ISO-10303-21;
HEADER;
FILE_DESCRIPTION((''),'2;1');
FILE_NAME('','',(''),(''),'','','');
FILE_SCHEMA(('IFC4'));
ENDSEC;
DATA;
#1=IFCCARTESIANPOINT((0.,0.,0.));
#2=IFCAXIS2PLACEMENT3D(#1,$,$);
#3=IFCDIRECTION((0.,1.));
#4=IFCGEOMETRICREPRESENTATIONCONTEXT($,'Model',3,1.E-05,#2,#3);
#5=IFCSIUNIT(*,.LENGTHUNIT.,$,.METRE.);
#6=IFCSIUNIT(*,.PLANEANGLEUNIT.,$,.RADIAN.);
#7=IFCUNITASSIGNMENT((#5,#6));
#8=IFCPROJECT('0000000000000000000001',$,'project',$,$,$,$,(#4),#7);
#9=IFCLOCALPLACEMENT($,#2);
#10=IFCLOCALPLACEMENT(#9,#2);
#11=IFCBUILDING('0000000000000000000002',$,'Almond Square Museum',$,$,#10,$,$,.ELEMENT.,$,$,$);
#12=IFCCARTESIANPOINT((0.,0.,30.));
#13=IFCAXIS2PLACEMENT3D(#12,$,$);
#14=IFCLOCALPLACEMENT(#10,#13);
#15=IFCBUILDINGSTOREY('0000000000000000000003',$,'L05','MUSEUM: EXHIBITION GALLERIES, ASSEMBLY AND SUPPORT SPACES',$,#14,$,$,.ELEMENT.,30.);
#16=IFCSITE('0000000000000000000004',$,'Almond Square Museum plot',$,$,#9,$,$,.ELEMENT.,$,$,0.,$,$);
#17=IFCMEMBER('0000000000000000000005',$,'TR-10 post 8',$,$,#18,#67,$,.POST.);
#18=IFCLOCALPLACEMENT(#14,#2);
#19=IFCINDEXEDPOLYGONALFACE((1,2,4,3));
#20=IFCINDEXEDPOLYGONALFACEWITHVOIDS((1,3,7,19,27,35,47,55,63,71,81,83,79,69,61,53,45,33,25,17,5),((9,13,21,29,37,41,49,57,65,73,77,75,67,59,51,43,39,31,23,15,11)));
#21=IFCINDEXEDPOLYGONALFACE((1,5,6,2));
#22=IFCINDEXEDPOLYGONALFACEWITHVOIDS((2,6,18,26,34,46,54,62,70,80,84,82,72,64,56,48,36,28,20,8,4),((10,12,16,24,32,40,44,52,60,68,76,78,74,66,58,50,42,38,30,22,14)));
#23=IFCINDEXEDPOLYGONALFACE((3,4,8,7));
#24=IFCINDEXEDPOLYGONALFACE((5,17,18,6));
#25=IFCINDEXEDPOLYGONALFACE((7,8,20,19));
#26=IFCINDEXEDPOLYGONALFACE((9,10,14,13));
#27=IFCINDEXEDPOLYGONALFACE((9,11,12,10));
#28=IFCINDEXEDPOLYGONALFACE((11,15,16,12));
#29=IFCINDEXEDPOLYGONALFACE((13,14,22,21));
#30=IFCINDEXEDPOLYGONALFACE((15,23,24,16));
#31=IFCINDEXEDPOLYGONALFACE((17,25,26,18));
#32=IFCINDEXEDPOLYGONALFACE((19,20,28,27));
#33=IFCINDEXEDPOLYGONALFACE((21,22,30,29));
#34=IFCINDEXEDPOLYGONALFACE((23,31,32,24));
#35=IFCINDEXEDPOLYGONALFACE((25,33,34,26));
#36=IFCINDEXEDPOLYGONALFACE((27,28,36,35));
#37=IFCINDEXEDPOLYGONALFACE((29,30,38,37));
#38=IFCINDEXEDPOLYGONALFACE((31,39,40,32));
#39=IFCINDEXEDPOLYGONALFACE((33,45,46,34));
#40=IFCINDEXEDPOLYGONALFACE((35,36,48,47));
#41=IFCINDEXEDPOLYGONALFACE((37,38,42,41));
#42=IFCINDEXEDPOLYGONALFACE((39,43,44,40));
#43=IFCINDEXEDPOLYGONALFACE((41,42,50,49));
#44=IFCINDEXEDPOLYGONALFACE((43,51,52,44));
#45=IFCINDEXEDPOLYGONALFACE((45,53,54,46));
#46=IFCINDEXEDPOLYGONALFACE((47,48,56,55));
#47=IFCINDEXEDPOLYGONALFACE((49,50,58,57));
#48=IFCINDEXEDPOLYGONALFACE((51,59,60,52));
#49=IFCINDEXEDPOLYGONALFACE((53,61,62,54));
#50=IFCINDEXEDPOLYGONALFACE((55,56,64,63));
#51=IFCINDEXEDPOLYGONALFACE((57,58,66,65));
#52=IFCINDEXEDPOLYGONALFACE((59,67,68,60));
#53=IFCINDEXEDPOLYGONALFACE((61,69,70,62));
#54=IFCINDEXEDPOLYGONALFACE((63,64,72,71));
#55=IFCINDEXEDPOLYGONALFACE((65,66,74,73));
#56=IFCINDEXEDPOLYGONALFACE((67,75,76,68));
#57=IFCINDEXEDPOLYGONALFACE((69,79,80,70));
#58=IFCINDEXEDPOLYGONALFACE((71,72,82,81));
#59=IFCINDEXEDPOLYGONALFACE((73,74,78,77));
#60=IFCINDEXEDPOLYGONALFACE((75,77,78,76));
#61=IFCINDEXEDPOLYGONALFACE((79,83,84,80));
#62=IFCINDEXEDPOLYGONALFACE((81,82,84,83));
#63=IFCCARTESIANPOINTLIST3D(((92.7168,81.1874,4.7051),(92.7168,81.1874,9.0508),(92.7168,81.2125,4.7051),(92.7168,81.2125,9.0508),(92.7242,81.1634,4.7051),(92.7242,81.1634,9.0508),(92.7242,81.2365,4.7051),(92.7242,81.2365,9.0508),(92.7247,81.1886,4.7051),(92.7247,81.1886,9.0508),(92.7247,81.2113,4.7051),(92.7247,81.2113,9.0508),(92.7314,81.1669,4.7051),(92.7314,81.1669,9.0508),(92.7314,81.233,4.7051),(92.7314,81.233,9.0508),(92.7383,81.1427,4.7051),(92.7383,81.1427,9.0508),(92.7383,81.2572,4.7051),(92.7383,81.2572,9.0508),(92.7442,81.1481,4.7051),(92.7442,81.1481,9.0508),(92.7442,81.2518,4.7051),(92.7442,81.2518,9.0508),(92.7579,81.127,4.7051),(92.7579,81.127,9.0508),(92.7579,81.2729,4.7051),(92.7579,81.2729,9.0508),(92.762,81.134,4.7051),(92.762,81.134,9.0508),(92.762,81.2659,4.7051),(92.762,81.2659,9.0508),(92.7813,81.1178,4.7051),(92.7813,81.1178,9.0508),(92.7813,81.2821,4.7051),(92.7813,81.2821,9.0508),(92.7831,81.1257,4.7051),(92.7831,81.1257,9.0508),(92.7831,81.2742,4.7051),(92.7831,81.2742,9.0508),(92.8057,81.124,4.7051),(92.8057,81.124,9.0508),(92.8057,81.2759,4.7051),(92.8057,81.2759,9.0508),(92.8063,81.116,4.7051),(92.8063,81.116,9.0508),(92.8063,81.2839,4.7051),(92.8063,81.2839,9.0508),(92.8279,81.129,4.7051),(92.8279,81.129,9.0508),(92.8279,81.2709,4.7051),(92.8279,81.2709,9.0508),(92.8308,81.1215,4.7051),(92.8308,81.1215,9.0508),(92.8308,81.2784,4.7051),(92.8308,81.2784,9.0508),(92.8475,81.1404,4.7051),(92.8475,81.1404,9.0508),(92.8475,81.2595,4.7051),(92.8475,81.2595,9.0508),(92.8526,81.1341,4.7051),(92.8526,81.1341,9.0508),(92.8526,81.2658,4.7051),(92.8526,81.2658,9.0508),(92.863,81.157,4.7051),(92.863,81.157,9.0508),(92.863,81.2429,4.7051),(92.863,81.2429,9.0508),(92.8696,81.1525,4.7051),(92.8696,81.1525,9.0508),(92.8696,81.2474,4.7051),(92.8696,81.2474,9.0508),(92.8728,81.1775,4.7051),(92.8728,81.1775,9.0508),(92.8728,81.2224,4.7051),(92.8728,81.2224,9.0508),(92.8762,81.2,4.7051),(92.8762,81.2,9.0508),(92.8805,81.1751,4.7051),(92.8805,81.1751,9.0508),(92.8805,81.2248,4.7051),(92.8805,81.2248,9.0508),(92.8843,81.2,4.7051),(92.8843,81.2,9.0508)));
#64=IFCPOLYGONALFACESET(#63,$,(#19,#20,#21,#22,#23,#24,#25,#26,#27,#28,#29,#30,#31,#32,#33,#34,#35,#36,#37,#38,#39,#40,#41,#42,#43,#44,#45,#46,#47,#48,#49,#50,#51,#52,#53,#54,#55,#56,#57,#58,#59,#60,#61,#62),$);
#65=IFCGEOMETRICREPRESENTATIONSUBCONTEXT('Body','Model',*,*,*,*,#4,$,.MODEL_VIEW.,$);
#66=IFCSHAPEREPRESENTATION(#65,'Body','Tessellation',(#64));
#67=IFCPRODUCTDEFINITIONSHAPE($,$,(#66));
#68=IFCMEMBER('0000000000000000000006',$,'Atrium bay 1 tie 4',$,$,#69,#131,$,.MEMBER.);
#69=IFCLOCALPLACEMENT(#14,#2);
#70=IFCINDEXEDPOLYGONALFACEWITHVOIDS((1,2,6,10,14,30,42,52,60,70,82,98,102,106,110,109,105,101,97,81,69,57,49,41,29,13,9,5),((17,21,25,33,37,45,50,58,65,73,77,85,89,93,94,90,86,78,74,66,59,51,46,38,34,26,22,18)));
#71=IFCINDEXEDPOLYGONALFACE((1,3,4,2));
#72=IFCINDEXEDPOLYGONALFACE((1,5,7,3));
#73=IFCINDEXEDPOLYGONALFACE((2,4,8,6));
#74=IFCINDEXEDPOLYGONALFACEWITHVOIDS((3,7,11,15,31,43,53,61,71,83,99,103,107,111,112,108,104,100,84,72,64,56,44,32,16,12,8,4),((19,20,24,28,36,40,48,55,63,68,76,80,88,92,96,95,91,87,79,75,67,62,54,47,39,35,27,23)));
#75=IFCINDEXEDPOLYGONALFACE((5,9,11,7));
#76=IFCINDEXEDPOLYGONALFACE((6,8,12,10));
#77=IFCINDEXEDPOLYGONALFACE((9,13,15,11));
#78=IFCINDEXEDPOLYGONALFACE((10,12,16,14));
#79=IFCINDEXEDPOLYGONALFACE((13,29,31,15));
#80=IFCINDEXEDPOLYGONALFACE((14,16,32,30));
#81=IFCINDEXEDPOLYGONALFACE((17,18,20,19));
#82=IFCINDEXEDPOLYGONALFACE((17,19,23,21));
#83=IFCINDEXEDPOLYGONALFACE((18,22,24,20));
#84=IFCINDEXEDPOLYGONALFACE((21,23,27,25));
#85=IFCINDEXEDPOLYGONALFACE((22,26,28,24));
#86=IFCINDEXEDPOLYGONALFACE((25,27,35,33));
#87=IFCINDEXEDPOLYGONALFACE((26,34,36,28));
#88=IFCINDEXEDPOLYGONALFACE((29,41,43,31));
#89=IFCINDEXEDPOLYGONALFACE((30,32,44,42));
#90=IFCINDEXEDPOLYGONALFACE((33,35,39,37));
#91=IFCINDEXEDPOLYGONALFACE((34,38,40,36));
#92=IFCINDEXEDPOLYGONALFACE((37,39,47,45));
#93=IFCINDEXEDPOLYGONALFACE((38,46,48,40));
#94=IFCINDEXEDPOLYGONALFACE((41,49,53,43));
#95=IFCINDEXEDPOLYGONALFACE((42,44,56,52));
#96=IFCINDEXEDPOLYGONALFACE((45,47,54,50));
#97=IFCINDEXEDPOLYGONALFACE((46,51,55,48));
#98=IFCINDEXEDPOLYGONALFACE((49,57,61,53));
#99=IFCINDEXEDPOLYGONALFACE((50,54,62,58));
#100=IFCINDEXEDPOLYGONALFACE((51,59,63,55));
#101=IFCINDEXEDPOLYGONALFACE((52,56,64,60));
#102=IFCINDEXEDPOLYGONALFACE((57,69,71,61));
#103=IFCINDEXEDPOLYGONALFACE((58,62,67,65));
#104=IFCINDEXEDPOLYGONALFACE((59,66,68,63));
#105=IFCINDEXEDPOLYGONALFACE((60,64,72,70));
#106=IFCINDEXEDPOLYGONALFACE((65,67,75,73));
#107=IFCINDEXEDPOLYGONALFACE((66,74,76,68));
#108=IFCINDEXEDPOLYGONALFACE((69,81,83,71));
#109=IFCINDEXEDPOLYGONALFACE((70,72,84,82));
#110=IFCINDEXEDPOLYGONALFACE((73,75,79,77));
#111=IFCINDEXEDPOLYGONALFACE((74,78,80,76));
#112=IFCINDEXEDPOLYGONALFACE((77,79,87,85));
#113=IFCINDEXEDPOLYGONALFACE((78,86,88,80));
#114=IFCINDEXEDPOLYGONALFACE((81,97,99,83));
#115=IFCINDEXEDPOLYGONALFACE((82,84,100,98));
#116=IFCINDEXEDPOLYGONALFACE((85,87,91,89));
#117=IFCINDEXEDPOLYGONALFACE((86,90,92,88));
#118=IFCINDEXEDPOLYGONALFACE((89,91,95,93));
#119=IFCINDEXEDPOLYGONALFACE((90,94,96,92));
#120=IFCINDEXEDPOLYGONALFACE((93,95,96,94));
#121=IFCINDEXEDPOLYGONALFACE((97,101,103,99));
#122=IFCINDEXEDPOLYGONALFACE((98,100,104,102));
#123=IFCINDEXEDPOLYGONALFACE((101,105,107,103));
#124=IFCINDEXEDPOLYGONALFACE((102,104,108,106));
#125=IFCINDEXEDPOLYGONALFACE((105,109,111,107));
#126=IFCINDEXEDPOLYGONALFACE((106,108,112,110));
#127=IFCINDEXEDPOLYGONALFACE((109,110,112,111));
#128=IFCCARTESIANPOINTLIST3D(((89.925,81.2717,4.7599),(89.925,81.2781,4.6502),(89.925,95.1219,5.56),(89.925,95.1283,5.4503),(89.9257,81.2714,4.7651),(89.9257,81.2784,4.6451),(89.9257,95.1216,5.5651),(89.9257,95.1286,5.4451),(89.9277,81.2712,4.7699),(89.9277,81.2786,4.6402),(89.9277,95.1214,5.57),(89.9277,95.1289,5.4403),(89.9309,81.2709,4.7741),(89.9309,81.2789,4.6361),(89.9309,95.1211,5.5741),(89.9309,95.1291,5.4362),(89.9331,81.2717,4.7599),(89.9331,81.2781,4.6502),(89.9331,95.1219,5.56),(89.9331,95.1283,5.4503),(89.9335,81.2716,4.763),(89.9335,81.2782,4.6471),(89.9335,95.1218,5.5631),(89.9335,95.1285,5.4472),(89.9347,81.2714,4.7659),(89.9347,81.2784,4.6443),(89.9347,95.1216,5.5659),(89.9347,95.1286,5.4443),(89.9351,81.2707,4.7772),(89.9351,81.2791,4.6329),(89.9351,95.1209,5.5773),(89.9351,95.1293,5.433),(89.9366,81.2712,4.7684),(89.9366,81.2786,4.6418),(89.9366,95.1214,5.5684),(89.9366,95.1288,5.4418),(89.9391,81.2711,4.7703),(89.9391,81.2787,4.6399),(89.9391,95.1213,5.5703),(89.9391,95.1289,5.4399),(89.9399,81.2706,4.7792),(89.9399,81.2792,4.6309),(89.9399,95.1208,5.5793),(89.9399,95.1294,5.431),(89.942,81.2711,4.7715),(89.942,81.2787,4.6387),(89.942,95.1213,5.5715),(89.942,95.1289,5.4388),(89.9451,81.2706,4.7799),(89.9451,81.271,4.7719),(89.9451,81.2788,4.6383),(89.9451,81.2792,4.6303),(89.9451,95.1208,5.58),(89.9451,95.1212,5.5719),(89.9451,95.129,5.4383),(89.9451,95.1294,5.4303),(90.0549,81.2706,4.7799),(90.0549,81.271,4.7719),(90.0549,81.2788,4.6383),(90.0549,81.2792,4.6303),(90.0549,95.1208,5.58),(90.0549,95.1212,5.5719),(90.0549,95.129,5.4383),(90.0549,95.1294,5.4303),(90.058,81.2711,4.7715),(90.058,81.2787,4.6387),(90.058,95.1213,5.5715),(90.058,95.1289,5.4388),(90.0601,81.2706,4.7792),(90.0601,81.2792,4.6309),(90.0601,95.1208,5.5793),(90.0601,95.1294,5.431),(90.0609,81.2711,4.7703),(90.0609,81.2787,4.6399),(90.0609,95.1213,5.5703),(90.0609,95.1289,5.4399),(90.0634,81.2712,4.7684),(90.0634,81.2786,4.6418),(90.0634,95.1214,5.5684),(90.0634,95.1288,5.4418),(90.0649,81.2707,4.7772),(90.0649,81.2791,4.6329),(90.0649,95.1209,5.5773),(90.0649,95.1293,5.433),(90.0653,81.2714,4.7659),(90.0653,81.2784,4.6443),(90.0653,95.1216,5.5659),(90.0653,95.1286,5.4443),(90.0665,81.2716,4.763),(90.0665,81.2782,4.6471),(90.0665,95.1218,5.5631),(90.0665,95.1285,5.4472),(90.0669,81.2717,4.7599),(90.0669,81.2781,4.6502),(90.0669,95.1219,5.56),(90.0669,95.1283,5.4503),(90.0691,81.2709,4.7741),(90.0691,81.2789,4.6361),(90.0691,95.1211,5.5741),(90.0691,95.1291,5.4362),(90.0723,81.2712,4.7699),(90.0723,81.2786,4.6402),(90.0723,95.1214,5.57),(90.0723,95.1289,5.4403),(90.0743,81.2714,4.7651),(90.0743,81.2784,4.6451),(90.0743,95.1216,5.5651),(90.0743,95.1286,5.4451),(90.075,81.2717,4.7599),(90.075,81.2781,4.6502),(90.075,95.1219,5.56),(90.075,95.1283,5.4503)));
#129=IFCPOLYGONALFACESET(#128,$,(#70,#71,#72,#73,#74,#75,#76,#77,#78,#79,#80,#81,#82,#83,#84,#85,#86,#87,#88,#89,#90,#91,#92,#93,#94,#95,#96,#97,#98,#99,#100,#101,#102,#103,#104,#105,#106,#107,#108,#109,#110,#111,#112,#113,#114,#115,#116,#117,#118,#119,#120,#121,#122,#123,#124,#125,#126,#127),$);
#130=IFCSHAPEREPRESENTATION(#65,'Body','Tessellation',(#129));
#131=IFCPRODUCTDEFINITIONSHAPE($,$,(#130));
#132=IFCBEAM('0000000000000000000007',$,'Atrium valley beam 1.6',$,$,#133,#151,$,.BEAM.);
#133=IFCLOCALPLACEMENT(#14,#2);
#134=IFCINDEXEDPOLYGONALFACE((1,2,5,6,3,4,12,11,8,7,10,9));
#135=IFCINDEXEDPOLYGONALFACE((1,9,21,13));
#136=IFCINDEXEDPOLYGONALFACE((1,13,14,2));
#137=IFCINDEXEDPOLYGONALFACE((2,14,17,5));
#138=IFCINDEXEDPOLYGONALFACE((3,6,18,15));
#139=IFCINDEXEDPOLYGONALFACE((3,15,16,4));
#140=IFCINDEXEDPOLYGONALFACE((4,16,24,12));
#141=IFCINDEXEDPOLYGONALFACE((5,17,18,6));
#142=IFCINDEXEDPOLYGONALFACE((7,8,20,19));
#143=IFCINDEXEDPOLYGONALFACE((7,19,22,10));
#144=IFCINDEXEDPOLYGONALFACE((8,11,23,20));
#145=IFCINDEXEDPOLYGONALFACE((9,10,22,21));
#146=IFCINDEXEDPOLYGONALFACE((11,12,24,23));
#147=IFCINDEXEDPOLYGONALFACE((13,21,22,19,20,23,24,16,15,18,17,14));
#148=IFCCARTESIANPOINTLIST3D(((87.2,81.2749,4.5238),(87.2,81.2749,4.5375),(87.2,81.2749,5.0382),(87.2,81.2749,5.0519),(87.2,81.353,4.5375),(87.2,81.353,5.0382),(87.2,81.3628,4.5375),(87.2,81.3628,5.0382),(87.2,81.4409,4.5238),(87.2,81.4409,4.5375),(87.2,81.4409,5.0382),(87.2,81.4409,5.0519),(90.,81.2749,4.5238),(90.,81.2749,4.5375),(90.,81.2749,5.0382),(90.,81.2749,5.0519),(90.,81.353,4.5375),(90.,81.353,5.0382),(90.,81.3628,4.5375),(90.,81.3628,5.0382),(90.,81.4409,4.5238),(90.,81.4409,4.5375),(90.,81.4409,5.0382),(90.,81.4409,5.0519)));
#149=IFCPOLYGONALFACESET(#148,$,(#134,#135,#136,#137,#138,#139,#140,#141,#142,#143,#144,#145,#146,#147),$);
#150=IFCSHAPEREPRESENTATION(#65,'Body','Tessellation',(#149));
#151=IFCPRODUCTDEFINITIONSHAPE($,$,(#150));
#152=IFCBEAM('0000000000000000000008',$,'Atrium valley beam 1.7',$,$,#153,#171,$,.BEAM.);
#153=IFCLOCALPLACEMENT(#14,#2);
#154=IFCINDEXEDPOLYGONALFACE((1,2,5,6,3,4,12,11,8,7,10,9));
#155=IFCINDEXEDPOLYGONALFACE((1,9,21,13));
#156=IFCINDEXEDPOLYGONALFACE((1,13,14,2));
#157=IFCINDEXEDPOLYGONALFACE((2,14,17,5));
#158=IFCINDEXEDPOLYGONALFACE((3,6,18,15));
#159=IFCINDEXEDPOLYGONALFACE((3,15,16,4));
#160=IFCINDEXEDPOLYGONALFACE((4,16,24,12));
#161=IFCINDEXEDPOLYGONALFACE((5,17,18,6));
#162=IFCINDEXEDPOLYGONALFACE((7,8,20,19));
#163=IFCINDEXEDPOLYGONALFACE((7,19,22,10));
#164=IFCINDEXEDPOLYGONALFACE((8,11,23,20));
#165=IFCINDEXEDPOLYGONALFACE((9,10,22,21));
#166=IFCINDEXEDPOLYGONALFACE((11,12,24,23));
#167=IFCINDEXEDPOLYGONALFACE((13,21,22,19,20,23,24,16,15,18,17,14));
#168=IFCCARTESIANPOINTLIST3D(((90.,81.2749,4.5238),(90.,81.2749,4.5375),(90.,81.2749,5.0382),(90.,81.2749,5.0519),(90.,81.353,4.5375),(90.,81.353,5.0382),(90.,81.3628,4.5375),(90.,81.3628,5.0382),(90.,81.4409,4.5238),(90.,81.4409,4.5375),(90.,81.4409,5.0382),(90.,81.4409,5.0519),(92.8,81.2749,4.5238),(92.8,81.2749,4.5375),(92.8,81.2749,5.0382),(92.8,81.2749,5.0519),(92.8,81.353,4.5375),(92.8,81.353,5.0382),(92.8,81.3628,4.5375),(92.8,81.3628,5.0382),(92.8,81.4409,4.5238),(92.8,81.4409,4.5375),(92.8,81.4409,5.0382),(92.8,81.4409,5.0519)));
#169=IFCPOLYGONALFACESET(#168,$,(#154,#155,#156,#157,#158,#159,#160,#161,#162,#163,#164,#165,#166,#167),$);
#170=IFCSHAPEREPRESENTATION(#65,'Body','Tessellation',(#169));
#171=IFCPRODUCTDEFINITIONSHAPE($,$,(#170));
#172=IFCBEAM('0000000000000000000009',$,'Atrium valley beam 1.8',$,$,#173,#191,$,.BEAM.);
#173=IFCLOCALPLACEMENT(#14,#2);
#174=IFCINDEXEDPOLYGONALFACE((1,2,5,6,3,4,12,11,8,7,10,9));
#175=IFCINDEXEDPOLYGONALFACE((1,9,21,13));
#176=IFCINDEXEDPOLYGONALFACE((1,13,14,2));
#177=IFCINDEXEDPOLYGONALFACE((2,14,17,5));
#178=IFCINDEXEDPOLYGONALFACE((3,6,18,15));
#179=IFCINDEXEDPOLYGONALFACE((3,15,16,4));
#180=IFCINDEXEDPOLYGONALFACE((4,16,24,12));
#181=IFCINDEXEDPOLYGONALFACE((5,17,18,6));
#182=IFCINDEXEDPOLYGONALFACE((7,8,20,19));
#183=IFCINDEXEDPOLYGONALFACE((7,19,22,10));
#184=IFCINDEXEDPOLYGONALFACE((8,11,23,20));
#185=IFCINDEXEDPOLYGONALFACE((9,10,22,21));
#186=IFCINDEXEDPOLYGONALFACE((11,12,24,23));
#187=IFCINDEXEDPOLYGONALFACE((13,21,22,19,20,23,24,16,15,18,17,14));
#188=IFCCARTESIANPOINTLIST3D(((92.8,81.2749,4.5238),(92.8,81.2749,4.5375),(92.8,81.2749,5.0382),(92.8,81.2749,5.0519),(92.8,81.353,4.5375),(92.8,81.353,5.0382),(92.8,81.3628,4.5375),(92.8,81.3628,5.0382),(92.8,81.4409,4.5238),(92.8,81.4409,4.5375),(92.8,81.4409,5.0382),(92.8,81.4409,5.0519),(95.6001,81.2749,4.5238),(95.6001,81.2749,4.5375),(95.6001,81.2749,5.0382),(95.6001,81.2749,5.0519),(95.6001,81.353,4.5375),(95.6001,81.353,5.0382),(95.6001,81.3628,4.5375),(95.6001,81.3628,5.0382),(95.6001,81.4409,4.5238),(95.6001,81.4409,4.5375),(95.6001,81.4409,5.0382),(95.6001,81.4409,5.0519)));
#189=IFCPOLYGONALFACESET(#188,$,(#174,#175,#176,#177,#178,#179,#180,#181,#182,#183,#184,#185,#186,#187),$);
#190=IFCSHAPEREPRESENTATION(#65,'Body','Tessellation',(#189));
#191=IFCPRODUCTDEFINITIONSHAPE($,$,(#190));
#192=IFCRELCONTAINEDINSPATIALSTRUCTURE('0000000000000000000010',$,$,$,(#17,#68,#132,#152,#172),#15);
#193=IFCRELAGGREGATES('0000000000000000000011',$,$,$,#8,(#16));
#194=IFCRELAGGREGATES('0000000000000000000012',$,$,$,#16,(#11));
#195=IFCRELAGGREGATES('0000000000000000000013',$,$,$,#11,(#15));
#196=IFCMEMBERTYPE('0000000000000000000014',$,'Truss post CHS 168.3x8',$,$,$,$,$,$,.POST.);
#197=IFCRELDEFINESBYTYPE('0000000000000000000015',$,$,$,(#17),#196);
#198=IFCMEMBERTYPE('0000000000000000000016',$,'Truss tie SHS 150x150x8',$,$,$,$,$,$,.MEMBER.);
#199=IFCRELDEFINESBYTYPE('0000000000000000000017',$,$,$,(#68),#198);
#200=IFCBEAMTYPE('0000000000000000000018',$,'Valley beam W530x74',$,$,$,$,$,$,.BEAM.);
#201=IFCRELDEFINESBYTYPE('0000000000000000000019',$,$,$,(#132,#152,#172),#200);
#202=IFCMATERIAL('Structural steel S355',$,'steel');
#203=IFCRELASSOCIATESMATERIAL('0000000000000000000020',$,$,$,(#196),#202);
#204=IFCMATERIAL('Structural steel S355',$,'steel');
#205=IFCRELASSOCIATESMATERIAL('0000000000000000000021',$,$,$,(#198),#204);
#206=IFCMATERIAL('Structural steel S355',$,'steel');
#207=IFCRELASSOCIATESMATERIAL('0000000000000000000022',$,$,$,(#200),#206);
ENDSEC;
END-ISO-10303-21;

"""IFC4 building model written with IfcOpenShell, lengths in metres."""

from ifc_helpers import new_model, si_unit, direction, frame, origin, origin_2d, place, context, subcontext, project, spatial, hollow_rectangle, hollow_circle, i_section, extrude, material, material_profile, profile_set, type_object, element, save


model = new_model("IFC4")

# Units and contexts
model_context = context("Model", 3, precision=1e-05, world=origin(), true_north=direction((0.0, 1.0)))
body_context = subcontext(model_context, "Body", "Model", "MODEL_VIEW")
ifc_project = project(units=[si_unit("LENGTHUNIT", "METRE"), si_unit("PLANEANGLEUNIT", "RADIAN")], contexts=[model_context])

# Site, building, storey
site_placement = place(None, origin())
site = spatial("IfcSite", under=ifc_project, at=site_placement, Name="Almond Square Museum plot", CompositionType="ELEMENT", RefElevation=0.0)
building_placement = place(site_placement, origin())
building = spatial("IfcBuilding", under=site, at=building_placement, Name="Almond Square Museum", CompositionType="ELEMENT")
storey_placement = place(building_placement, frame((0.0, 0.0, 30.0)))
storey = spatial("IfcBuildingStorey", under=building, at=storey_placement, Name="L05", Description="MUSEUM: EXHIBITION GALLERIES, ASSEMBLY AND SUPPORT SPACES", CompositionType="ELEMENT", Elevation=30.0)

# Members
ifc_material_1 = material(Name="Structural steel S355", Category="steel")
ifc_material_profile_1 = material_profile(ifc_material_1, hollow_circle(Radius=0.0842, WallThickness=0.0081, at=origin_2d()))
ifc_profile_set_1 = profile_set([ifc_material_profile_1], Name="Structural steel S355")
member_type_1 = type_object("IfcMemberType", Name="Truss post CHS 168.3x8", PredefinedType="POST", material=ifc_profile_set_1)
for number, where, z_axis, x_axis, name in (
    (1, (92.8, 81.2, 4.7051), (0.0, 0.0, 1.0), (1.0, 0.0, 0.0), "TR-10 post 8"),
):
    element("IfcMember", number, at=place(storey_placement, frame(where, z_axis=z_axis, x_axis=x_axis)), inside=storey, type_object=member_type_1, Name=name, PredefinedType="POST", context=body_context, shape_type="SweptSolid", body=[
        extrude(hollow_circle(Radius=0.0842, WallThickness=0.0081, at=origin_2d()), origin(), (0.0, 0.0, 1.0), 4.3457),
    ])
ifc_material_2 = material(Name="Structural steel S355", Category="steel")
ifc_material_profile_2 = material_profile(ifc_material_2, hollow_rectangle(XDim=0.1499, YDim=0.1499, WallThickness=0.0081, InnerFilletRadius=0.012, OuterFilletRadius=0.02, at=origin_2d()))
ifc_profile_set_2 = profile_set([ifc_material_profile_2], Name="Structural steel S355")
member_type_2 = type_object("IfcMemberType", Name="Truss tie SHS 150x150x8", PredefinedType="MEMBER", material=ifc_profile_set_2)
member_1_placement = place(storey_placement, frame((90.0, 81.2749, 4.7051), z_axis=(0.0, 0.998336, 0.057669), x_axis=(-1.0, 0.0, 0.0)))
element("IfcMember", 2, at=member_1_placement, inside=storey, type_object=member_type_2, Name="Atrium bay 1 tie 4", PredefinedType="MEMBER", context=body_context, shape_type="SweptSolid", body=[
    extrude(hollow_rectangle(XDim=0.1499, YDim=0.1499, WallThickness=0.0081, InnerFilletRadius=0.012, OuterFilletRadius=0.02, at=origin_2d()), origin(), (0.0, 0.0, 1.0), 13.8733),
])

# Beams
ifc_material_3 = material(Name="Structural steel S355", Category="steel")
ifc_material_profile_3 = material_profile(ifc_material_3, i_section(OverallWidth=0.166, OverallDepth=0.5281, WebThickness=0.0098, FlangeThickness=0.0137, at=origin_2d()))
ifc_profile_set_3 = profile_set([ifc_material_profile_3], Name="Structural steel S355")
beam_type_1 = type_object("IfcBeamType", Name="Valley beam W530x74", PredefinedType="BEAM", material=ifc_profile_set_3)
for number, where, z_axis, x_axis, name in (
    (3, (87.2, 81.3579, 4.7878), (1.0, 0.0, 0.0), (0.0, 1.0, 0.0), "Atrium valley beam 1.6"),
    (4, (90.0, 81.3579, 4.7878), (1.0, 0.0, 0.0), (0.0, 1.0, 0.0), "Atrium valley beam 1.7"),
    (5, (92.8, 81.3579, 4.7878), (1.0, 0.0, 0.0), (0.0, 1.0, 0.0), "Atrium valley beam 1.8"),
):
    element("IfcBeam", number, at=place(storey_placement, frame(where, z_axis=z_axis, x_axis=x_axis)), inside=storey, type_object=beam_type_1, Name=name, PredefinedType="BEAM", context=body_context, shape_type="SweptSolid", body=[
        extrude(i_section(OverallWidth=0.166, OverallDepth=0.5281, WebThickness=0.0098, FlangeThickness=0.0137, at=origin_2d()), origin(), (0.0, 0.0, 1.0), 2.8),
    ])

save(model, "model.ifc")
